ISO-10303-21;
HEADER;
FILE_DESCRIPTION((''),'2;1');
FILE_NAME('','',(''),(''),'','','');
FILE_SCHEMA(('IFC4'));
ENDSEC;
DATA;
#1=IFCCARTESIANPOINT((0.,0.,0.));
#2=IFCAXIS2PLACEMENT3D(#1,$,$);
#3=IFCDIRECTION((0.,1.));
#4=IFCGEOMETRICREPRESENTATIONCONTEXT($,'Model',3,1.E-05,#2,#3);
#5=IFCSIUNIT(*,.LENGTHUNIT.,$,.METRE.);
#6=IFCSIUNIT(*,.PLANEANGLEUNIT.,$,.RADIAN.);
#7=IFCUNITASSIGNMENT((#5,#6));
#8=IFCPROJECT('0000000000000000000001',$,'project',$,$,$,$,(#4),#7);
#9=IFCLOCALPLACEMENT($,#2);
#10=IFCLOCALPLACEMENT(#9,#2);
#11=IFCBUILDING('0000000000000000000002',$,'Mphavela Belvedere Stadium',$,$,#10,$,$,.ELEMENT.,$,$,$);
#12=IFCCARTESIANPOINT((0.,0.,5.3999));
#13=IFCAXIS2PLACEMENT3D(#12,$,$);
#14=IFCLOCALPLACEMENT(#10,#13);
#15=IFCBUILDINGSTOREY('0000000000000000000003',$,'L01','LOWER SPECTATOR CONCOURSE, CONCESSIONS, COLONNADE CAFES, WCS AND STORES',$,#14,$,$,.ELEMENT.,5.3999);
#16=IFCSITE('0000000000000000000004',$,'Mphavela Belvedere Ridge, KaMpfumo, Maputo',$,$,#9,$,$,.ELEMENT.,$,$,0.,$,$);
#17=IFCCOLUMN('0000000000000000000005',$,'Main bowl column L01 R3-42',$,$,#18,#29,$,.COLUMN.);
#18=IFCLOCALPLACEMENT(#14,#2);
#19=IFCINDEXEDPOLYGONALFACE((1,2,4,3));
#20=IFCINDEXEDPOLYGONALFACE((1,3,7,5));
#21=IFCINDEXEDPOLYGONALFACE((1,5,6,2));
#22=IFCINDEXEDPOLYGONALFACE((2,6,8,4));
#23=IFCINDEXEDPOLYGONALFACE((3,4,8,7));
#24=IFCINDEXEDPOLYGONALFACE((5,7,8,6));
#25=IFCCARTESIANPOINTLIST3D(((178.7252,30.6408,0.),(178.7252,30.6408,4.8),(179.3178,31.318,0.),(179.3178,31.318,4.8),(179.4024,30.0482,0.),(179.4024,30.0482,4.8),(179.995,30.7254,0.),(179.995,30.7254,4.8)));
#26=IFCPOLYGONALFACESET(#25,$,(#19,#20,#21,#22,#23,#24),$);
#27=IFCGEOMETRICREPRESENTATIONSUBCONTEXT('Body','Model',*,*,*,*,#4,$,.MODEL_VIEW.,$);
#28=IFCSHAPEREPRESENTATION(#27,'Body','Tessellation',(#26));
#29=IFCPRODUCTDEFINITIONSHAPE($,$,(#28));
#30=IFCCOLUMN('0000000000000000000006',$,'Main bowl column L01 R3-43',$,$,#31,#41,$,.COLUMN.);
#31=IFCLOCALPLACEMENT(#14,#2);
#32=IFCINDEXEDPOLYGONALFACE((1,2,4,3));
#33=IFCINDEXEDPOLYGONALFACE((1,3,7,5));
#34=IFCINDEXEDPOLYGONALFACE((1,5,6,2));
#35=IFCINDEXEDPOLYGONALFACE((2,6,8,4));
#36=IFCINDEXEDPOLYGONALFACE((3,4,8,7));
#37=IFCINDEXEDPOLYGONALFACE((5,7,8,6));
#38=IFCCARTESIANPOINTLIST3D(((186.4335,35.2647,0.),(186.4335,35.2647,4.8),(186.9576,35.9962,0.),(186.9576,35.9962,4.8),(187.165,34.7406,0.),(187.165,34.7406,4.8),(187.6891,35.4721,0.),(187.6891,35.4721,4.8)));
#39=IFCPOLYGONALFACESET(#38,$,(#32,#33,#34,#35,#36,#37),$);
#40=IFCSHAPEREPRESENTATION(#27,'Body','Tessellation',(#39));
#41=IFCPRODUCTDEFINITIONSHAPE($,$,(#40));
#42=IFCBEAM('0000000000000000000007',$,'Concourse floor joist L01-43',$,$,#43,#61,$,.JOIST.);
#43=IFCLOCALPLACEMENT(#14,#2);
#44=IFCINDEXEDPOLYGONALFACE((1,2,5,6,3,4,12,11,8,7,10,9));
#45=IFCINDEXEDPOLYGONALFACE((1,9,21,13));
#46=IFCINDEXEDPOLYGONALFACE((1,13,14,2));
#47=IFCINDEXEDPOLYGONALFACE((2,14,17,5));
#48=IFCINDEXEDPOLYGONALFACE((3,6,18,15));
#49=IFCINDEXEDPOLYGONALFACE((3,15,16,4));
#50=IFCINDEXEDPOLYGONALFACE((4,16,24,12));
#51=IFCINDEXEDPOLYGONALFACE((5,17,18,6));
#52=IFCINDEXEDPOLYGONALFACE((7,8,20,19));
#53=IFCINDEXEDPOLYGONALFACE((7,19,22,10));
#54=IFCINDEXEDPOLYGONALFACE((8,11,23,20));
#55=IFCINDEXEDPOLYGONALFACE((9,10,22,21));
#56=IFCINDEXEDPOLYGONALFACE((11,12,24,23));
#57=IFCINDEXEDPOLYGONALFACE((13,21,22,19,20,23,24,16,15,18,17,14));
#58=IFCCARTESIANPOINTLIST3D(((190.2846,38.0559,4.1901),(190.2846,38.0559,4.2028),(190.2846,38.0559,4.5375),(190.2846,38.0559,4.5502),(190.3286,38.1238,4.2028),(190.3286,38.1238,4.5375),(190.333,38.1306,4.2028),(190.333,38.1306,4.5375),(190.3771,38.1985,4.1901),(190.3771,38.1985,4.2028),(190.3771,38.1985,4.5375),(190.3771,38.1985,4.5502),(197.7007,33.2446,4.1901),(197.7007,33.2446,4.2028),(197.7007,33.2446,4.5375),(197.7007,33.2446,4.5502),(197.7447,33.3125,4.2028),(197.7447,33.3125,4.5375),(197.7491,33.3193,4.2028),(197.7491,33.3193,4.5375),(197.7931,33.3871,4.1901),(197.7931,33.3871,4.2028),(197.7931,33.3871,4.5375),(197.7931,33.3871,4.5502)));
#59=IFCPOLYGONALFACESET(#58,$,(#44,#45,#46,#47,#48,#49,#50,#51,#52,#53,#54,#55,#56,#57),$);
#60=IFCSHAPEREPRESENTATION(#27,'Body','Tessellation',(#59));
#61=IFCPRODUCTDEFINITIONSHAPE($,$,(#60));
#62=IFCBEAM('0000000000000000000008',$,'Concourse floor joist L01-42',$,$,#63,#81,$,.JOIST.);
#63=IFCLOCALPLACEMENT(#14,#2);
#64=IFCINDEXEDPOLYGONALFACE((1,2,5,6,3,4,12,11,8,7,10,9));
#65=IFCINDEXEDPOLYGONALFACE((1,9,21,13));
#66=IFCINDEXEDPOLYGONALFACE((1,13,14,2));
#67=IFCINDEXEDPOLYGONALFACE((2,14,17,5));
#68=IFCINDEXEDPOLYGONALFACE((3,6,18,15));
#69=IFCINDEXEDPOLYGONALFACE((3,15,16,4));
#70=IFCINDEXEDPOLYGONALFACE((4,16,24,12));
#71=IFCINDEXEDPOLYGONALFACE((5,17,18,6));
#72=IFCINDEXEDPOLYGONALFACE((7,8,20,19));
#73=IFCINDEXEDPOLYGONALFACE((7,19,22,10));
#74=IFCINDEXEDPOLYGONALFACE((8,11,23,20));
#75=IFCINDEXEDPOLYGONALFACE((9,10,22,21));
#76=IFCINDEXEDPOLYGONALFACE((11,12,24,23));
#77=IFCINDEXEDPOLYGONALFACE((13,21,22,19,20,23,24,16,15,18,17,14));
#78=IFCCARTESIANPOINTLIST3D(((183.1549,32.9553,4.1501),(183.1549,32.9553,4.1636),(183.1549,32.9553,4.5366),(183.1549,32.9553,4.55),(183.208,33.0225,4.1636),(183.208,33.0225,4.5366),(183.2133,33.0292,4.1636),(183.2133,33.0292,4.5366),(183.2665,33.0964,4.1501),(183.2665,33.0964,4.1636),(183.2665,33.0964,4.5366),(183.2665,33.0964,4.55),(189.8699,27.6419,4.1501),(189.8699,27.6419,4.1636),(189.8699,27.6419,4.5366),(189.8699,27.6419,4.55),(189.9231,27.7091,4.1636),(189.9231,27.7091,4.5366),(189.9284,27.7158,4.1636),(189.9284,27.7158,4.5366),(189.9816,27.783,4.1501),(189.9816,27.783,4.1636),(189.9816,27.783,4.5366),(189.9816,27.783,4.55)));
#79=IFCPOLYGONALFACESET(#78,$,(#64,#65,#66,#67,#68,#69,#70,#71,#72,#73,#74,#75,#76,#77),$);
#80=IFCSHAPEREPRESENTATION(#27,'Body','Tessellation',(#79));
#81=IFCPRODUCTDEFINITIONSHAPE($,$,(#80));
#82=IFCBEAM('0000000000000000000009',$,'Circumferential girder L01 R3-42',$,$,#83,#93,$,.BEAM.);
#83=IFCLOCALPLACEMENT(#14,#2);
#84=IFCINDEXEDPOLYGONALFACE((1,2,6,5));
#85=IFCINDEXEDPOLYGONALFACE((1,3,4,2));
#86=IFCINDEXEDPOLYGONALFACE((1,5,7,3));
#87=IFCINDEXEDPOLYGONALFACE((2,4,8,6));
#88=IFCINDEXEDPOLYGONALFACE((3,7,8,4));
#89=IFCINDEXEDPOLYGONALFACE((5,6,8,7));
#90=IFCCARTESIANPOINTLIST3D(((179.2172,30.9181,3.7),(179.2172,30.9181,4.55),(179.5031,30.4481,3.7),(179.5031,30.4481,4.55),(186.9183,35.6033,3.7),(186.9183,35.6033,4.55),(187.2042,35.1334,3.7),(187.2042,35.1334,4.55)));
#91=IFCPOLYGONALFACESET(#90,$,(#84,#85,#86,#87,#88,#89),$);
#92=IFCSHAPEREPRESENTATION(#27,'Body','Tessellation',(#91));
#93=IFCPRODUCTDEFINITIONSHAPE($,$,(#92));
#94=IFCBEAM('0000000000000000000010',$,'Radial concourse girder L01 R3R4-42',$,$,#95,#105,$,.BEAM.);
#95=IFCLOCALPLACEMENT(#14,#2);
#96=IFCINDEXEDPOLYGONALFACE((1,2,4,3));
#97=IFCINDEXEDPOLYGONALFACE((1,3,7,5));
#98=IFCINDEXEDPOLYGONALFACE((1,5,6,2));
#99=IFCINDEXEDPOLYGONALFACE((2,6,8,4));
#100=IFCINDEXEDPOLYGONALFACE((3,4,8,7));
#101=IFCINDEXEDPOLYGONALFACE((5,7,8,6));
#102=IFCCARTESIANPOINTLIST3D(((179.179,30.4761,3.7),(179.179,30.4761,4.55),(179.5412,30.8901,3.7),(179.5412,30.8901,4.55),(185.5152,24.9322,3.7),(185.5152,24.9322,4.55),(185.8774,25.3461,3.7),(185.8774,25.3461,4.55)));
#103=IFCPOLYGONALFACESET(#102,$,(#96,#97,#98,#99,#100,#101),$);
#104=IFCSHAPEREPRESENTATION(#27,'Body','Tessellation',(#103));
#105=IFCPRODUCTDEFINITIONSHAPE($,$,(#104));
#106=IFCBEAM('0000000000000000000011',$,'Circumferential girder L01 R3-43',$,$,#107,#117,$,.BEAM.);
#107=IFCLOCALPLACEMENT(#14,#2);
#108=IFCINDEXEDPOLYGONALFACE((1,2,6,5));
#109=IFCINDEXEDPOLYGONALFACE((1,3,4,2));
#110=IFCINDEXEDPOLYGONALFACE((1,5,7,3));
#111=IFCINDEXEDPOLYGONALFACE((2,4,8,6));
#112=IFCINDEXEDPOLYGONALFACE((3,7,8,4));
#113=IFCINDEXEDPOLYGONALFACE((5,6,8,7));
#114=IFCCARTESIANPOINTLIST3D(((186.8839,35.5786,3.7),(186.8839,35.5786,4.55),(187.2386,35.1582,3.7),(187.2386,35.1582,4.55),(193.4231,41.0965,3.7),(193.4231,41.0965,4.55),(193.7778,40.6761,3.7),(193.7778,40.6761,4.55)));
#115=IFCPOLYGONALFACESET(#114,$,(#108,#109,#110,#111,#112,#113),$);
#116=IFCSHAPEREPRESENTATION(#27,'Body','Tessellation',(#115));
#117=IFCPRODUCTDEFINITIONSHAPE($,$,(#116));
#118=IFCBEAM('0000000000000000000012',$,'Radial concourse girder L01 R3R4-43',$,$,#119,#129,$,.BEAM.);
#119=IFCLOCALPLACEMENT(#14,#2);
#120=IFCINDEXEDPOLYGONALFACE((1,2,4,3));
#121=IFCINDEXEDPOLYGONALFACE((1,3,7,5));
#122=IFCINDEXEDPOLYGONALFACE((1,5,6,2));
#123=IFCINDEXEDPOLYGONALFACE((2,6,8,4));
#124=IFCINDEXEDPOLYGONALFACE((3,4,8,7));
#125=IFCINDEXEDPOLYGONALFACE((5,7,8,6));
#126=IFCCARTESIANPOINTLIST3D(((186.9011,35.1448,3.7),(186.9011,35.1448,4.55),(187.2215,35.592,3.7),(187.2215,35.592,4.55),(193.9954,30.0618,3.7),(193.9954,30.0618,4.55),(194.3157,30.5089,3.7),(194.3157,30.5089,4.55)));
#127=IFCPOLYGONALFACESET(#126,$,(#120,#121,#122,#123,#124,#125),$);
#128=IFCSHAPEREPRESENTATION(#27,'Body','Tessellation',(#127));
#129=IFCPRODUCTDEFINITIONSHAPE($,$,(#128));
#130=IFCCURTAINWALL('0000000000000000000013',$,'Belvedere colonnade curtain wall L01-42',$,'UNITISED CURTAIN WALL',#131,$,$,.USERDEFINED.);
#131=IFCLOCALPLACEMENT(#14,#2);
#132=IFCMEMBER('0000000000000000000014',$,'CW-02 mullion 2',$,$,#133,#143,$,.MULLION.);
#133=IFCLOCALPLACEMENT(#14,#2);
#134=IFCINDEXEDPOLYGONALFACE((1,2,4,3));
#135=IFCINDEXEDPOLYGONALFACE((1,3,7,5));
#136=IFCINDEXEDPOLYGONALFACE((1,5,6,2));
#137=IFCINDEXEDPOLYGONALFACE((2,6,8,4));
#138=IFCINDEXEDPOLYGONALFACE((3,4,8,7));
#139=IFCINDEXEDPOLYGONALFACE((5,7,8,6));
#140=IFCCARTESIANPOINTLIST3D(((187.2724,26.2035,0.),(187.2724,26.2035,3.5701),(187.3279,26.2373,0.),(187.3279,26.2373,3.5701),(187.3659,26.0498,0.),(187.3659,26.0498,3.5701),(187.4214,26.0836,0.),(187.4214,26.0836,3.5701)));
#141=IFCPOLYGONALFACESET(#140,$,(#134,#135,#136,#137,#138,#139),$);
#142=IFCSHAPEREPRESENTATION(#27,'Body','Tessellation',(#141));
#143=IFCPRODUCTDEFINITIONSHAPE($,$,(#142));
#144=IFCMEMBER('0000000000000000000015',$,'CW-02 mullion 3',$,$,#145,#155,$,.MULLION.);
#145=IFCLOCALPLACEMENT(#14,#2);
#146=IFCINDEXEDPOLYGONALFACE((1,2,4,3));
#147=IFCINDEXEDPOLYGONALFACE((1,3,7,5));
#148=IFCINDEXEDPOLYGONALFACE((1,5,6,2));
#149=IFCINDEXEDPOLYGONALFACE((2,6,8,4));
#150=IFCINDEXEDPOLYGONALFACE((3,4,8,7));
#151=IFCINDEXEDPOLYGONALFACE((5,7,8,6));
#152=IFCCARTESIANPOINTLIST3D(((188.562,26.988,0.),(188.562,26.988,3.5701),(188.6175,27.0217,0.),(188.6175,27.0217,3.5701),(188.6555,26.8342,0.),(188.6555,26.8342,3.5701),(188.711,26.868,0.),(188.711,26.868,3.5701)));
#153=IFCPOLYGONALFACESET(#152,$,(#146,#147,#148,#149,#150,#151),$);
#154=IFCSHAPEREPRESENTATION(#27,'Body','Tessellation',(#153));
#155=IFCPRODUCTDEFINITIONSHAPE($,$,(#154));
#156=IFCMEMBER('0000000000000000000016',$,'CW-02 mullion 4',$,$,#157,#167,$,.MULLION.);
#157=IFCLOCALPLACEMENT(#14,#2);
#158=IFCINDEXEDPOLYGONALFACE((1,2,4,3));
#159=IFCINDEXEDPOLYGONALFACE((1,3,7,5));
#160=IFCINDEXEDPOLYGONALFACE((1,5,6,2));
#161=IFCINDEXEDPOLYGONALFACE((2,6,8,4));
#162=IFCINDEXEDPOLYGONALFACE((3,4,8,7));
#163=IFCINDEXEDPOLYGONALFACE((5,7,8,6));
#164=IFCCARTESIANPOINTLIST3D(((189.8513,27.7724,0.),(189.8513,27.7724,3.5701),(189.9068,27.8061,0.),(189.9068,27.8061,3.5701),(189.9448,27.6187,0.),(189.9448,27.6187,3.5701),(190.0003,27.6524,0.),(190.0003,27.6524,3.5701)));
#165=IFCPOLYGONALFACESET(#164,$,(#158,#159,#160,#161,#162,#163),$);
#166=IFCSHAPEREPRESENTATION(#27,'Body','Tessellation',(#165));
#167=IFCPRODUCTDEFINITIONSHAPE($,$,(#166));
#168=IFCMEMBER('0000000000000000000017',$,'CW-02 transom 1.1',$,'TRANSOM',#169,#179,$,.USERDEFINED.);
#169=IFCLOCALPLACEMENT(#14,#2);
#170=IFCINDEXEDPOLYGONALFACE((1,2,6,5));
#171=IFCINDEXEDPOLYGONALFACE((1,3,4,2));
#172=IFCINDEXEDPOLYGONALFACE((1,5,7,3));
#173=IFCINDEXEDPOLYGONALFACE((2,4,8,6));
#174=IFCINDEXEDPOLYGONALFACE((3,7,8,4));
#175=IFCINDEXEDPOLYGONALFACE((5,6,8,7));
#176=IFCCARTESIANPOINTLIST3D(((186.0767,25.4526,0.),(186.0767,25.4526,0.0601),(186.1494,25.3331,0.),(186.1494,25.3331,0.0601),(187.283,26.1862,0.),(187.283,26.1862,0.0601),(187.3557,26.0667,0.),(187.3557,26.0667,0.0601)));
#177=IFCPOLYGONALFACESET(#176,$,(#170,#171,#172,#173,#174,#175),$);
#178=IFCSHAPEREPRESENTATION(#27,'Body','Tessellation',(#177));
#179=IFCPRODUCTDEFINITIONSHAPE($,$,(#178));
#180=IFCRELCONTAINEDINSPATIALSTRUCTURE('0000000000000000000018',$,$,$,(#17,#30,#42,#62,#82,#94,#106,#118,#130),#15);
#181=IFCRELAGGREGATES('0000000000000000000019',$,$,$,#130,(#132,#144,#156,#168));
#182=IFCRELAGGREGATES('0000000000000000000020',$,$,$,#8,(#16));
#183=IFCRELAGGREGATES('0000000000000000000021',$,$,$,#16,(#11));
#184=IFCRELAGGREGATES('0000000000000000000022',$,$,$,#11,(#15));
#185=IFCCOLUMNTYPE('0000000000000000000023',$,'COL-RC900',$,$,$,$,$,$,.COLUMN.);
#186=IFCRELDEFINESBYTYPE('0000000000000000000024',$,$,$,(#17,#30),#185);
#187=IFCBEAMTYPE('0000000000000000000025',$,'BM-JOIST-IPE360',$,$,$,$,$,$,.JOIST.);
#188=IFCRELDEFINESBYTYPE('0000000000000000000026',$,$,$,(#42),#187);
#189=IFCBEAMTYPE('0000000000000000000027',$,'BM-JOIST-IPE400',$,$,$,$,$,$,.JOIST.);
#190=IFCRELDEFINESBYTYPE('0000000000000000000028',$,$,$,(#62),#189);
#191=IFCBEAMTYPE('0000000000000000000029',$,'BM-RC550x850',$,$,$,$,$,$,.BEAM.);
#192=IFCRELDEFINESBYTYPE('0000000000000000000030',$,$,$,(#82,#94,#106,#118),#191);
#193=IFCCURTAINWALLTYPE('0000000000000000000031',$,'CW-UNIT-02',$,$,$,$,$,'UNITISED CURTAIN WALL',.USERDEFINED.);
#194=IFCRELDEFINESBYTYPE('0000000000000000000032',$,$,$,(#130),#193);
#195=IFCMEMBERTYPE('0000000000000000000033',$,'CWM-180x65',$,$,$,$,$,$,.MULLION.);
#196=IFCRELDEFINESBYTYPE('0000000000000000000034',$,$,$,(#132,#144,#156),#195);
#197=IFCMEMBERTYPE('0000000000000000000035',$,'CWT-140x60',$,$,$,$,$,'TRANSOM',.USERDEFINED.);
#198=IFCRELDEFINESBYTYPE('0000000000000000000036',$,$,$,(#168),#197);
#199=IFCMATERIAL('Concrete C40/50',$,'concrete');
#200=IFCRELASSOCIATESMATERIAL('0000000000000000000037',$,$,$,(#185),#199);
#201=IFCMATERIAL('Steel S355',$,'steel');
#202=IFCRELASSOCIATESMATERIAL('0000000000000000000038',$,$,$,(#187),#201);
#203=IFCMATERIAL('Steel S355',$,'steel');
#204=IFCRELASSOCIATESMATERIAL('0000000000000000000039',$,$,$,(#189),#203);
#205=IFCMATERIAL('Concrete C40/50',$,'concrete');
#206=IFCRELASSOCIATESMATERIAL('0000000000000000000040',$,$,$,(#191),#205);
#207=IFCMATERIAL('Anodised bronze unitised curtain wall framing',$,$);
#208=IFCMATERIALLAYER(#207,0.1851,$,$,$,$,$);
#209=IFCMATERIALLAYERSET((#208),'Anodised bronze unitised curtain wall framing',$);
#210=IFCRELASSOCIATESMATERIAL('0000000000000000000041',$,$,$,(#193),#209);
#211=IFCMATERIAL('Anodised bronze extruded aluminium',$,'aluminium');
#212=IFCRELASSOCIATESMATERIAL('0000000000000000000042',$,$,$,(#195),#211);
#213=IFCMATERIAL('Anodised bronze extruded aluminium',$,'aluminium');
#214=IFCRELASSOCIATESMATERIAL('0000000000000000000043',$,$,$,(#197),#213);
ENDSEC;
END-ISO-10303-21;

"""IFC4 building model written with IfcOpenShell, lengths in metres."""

from ifc_helpers import new_model, si_unit, direction, frame, origin, origin_2d, place, context, subcontext, project, spatial, rectangle, i_section, extrude, material, layer, layer_set, material_profile, profile_set, type_object, element, aggregate, save


model = new_model("IFC4")

# Units and contexts
model_context = context("Model", 3, precision=1e-05, world=origin(), true_north=direction((0.0, 1.0)))
body_context = subcontext(model_context, "Body", "Model", "MODEL_VIEW")
ifc_project = project(units=[si_unit("LENGTHUNIT", "METRE"), si_unit("PLANEANGLEUNIT", "RADIAN")], contexts=[model_context])

# Site, building, storey
site_placement = place(None, origin())
site = spatial("IfcSite", under=ifc_project, at=site_placement, Name="Mphavela Belvedere Ridge, KaMpfumo, Maputo", CompositionType="ELEMENT", RefElevation=0.0)
building_placement = place(site_placement, origin())
building = spatial("IfcBuilding", under=site, at=building_placement, Name="Mphavela Belvedere Stadium", CompositionType="ELEMENT")
storey_placement = place(building_placement, frame((0.0, 0.0, 5.3999)))
storey = spatial("IfcBuildingStorey", under=building, at=storey_placement, Name="L01", Description="LOWER SPECTATOR CONCOURSE, CONCESSIONS, COLONNADE CAFES, WCS AND STORES", CompositionType="ELEMENT", Elevation=5.3999)

# Columns
ifc_material_1 = material(Name="Concrete C40/50", Category="concrete")
ifc_material_profile_1 = material_profile(ifc_material_1, rectangle(XDim=0.8999, YDim=0.8999, at=origin_2d()), Name="RC 900x900")
ifc_profile_set_1 = profile_set([ifc_material_profile_1], Name="Concrete C40/50")
column_type = type_object("IfcColumnType", Name="COL-RC900", PredefinedType="COLUMN", material=ifc_profile_set_1)
for number, where, z_axis, x_axis, name in (
    (1, (179.3601, 30.6831, 0.0), (0.0, 0.0, 1.0), (0.75253, -0.658558, 0.0), "Main bowl column L01 R3-42"),
    (2, (187.0613, 35.3684, 0.0), (0.0, 0.0, 1.0), (0.812898, -0.582407, 0.0), "Main bowl column L01 R3-43"),
):
    element("IfcColumn", number, at=place(storey_placement, frame(where, z_axis=z_axis, x_axis=x_axis)), inside=storey, type_object=column_type, Name=name, PredefinedType="COLUMN", context=body_context, shape_type="SweptSolid", body=[
        extrude(rectangle(XDim=0.8999, YDim=0.8999, at=origin_2d()), origin(), (0.0, 0.0, 1.0), 4.8),
    ])

# Beams
ifc_material_2 = material(Name="Steel S355", Category="steel")
ifc_material_profile_2 = material_profile(ifc_material_2, i_section(OverallWidth=0.1699, OverallDepth=0.3601, WebThickness=0.0081, FlangeThickness=0.0127, at=origin_2d()), Name="IPE 360")
ifc_profile_set_2 = profile_set([ifc_material_profile_2], Name="Steel S355")
beam_type_1 = type_object("IfcBeamType", Name="BM-JOIST-IPE360", PredefinedType="JOIST", material=ifc_profile_set_2)
beam_1_placement = place(storey_placement, frame((190.3308, 38.1272, 4.3701), z_axis=(0.838915, -0.544262, 0.0), x_axis=(0.544262, 0.838915, 0.0)))
element("IfcBeam", 3, at=beam_1_placement, inside=storey, type_object=beam_type_1, Name="Concourse floor joist L01-43", PredefinedType="JOIST", context=body_context, shape_type="SweptSolid", body=[
    extrude(i_section(OverallWidth=0.1699, OverallDepth=0.3601, WebThickness=0.0081, FlangeThickness=0.0127, at=origin_2d()), origin(), (0.0, 0.0, 1.0), 8.8401),
])
ifc_material_3 = material(Name="Steel S355", Category="steel")
ifc_material_profile_3 = material_profile(ifc_material_3, i_section(OverallWidth=0.1799, OverallDepth=0.3999, WebThickness=0.0085, FlangeThickness=0.0134, at=origin_2d()), Name="IPE 400")
ifc_profile_set_3 = profile_set([ifc_material_profile_3], Name="Steel S355")
beam_type_2 = type_object("IfcBeamType", Name="BM-JOIST-IPE400", PredefinedType="JOIST", material=ifc_profile_set_3)
beam_2_placement = place(storey_placement, frame((183.2107, 33.0259, 4.3501), z_axis=(0.784196, -0.620514, 0.0), x_axis=(0.620514, 0.784196, 0.0)))
element("IfcBeam", 4, at=beam_2_placement, inside=storey, type_object=beam_type_2, Name="Concourse floor joist L01-42", PredefinedType="JOIST", context=body_context, shape_type="SweptSolid", body=[
    extrude(i_section(OverallWidth=0.1799, OverallDepth=0.3999, WebThickness=0.0085, FlangeThickness=0.0134, at=origin_2d()), origin(), (0.0, 0.0, 1.0), 8.563),
])
ifc_material_4 = material(Name="Concrete C40/50", Category="concrete")
ifc_material_profile_4 = material_profile(ifc_material_4, rectangle(XDim=0.55, YDim=0.8501, at=origin_2d()), Name="RC 550x850")
ifc_profile_set_4 = profile_set([ifc_material_profile_4], Name="Concrete C40/50")
beam_type_3 = type_object("IfcBeamType", Name="BM-RC550x850", PredefinedType="BEAM", material=ifc_profile_set_4)
beam_3_placement = place(storey_placement, frame((179.3601, 30.6831, 4.125), z_axis=(0.854315, 0.519755, 0.0), x_axis=(-0.519755, 0.854315, 0.0)))
element("IfcBeam", 5, at=beam_3_placement, inside=storey, type_object=beam_type_3, Name="Circumferential girder L01 R3-42", PredefinedType="BEAM", context=body_context, shape_type="SweptSolid", body=[
    extrude(rectangle(XDim=0.55, YDim=0.8501, at=origin_2d()), origin(), (0.0, 0.0, 1.0), 9.0144),
])
beam_4_placement = place(storey_placement, frame((179.3601, 30.6831, 4.125), z_axis=(0.752589, -0.65849, 0.0), x_axis=(0.65849, 0.752589, 0.0)))
element("IfcBeam", 6, at=beam_4_placement, inside=storey, type_object=beam_type_3, Name="Radial concourse girder L01 R3R4-42", PredefinedType="BEAM", context=body_context, shape_type="SweptSolid", body=[
    extrude(rectangle(XDim=0.55, YDim=0.8501, at=origin_2d()), origin(), (0.0, 0.0, 1.0), 8.4192),
])
beam_5_placement = place(storey_placement, frame((187.0613, 35.3684, 4.125), z_axis=(0.764263, 0.644904, 0.0), x_axis=(-0.644904, 0.764263, 0.0)))
element("IfcBeam", 7, at=beam_5_placement, inside=storey, type_object=beam_type_3, Name="Circumferential girder L01 R3-43", PredefinedType="BEAM", context=body_context, shape_type="SweptSolid", body=[
    extrude(rectangle(XDim=0.55, YDim=0.8501, at=origin_2d()), origin(), (0.0, 0.0, 1.0), 8.5562),
])
beam_6_placement = place(storey_placement, frame((187.0613, 35.3684, 4.125), z_axis=(0.812882, -0.582428, 0.0), x_axis=(0.582428, 0.812882, 0.0)))
element("IfcBeam", 8, at=beam_6_placement, inside=storey, type_object=beam_type_3, Name="Radial concourse girder L01 R3R4-43", PredefinedType="BEAM", context=body_context, shape_type="SweptSolid", body=[
    extrude(rectangle(XDim=0.55, YDim=0.8501, at=origin_2d()), origin(), (0.0, 0.0, 1.0), 8.7273),
])

# Curtain wall, members
ifc_material_5 = material(Name="Anodised bronze unitised curtain wall framing")
ifc_layer_1 = layer(ifc_material_5, 0.1851)
ifc_layer_set_1 = layer_set([ifc_layer_1], Name="Anodised bronze unitised curtain wall framing")
curtain_wall_type = type_object("IfcCurtainWallType", Name="CW-UNIT-02", ElementType="UNITISED CURTAIN WALL", PredefinedType="USERDEFINED", material=ifc_layer_set_1)
curtain_wall_placement = place(storey_placement, origin())
curtain_wall = element("IfcCurtainWall", 9, at=curtain_wall_placement, inside=storey, type_object=curtain_wall_type, Name="Belvedere colonnade curtain wall L01-42", ObjectType="UNITISED CURTAIN WALL", PredefinedType="USERDEFINED")
ifc_material_6 = material(Name="Anodised bronze extruded aluminium", Category="aluminium")
ifc_material_profile_5 = material_profile(ifc_material_6, rectangle(XDim=0.1799, YDim=0.0649, at=origin_2d()), Name="CW-MUL 180x65")
ifc_profile_set_5 = profile_set([ifc_material_profile_5], Name="Anodised bronze extruded aluminium")
member_type_1 = type_object("IfcMemberType", Name="CWM-180x65", PredefinedType="MULLION", material=ifc_profile_set_5)
member_1_placement = place(storey_placement, frame((187.3469, 26.1436, 0.0), z_axis=(0.0, 0.0, 1.0), x_axis=(-0.519735, 0.854328, 0.0)))
member_1 = element("IfcMember", 10, at=member_1_placement, type_object=member_type_1, Name="CW-02 mullion 2", PredefinedType="MULLION", context=body_context, shape_type="SweptSolid", body=[
    extrude(rectangle(XDim=0.1799, YDim=0.0649, at=origin_2d()), origin(), (0.0, 0.0, 1.0), 3.5701),
])
member_2_placement = place(storey_placement, frame((188.6365, 26.928, 0.0), z_axis=(0.0, 0.0, 1.0), x_axis=(-0.519735, 0.854328, 0.0)))
member_2 = element("IfcMember", 11, at=member_2_placement, type_object=member_type_1, Name="CW-02 mullion 3", PredefinedType="MULLION", context=body_context, shape_type="SweptSolid", body=[
    extrude(rectangle(XDim=0.1799, YDim=0.0649, at=origin_2d()), origin(), (0.0, 0.0, 1.0), 3.5701),
])
member_3_placement = place(storey_placement, frame((189.9258, 27.7124, 0.0), z_axis=(0.0, 0.0, 1.0), x_axis=(-0.519735, 0.854328, 0.0)))
member_3 = element("IfcMember", 12, at=member_3_placement, type_object=member_type_1, Name="CW-02 mullion 4", PredefinedType="MULLION", context=body_context, shape_type="SweptSolid", body=[
    extrude(rectangle(XDim=0.1799, YDim=0.0649, at=origin_2d()), origin(), (0.0, 0.0, 1.0), 3.5701),
])
ifc_material_7 = material(Name="Anodised bronze extruded aluminium", Category="aluminium")
ifc_material_profile_6 = material_profile(ifc_material_7, rectangle(XDim=0.1399, YDim=0.0601, at=origin_2d()), Name="CW-TRN 140x60")
ifc_profile_set_6 = profile_set([ifc_material_profile_6], Name="Anodised bronze extruded aluminium")
member_type_2 = type_object("IfcMemberType", Name="CWT-140x60", ElementType="TRANSOM", PredefinedType="USERDEFINED", material=ifc_profile_set_6)
member_4_placement = place(storey_placement, frame((186.113, 25.3928, 0.03), z_axis=(0.854396, 0.519623, 0.0), x_axis=(-0.519623, 0.854396, 0.0)))
member_4 = element("IfcMember", 13, at=member_4_placement, type_object=member_type_2, Name="CW-02 transom 1.1", ObjectType="TRANSOM", PredefinedType="USERDEFINED", context=body_context, shape_type="SweptSolid", body=[
    extrude(rectangle(XDim=0.1399, YDim=0.0601, at=origin_2d()), origin(), (0.0, 0.0, 1.0), 1.4119),
])
aggregate(curtain_wall, [member_1, member_2, member_3, member_4])

save(model, "model.ifc")
